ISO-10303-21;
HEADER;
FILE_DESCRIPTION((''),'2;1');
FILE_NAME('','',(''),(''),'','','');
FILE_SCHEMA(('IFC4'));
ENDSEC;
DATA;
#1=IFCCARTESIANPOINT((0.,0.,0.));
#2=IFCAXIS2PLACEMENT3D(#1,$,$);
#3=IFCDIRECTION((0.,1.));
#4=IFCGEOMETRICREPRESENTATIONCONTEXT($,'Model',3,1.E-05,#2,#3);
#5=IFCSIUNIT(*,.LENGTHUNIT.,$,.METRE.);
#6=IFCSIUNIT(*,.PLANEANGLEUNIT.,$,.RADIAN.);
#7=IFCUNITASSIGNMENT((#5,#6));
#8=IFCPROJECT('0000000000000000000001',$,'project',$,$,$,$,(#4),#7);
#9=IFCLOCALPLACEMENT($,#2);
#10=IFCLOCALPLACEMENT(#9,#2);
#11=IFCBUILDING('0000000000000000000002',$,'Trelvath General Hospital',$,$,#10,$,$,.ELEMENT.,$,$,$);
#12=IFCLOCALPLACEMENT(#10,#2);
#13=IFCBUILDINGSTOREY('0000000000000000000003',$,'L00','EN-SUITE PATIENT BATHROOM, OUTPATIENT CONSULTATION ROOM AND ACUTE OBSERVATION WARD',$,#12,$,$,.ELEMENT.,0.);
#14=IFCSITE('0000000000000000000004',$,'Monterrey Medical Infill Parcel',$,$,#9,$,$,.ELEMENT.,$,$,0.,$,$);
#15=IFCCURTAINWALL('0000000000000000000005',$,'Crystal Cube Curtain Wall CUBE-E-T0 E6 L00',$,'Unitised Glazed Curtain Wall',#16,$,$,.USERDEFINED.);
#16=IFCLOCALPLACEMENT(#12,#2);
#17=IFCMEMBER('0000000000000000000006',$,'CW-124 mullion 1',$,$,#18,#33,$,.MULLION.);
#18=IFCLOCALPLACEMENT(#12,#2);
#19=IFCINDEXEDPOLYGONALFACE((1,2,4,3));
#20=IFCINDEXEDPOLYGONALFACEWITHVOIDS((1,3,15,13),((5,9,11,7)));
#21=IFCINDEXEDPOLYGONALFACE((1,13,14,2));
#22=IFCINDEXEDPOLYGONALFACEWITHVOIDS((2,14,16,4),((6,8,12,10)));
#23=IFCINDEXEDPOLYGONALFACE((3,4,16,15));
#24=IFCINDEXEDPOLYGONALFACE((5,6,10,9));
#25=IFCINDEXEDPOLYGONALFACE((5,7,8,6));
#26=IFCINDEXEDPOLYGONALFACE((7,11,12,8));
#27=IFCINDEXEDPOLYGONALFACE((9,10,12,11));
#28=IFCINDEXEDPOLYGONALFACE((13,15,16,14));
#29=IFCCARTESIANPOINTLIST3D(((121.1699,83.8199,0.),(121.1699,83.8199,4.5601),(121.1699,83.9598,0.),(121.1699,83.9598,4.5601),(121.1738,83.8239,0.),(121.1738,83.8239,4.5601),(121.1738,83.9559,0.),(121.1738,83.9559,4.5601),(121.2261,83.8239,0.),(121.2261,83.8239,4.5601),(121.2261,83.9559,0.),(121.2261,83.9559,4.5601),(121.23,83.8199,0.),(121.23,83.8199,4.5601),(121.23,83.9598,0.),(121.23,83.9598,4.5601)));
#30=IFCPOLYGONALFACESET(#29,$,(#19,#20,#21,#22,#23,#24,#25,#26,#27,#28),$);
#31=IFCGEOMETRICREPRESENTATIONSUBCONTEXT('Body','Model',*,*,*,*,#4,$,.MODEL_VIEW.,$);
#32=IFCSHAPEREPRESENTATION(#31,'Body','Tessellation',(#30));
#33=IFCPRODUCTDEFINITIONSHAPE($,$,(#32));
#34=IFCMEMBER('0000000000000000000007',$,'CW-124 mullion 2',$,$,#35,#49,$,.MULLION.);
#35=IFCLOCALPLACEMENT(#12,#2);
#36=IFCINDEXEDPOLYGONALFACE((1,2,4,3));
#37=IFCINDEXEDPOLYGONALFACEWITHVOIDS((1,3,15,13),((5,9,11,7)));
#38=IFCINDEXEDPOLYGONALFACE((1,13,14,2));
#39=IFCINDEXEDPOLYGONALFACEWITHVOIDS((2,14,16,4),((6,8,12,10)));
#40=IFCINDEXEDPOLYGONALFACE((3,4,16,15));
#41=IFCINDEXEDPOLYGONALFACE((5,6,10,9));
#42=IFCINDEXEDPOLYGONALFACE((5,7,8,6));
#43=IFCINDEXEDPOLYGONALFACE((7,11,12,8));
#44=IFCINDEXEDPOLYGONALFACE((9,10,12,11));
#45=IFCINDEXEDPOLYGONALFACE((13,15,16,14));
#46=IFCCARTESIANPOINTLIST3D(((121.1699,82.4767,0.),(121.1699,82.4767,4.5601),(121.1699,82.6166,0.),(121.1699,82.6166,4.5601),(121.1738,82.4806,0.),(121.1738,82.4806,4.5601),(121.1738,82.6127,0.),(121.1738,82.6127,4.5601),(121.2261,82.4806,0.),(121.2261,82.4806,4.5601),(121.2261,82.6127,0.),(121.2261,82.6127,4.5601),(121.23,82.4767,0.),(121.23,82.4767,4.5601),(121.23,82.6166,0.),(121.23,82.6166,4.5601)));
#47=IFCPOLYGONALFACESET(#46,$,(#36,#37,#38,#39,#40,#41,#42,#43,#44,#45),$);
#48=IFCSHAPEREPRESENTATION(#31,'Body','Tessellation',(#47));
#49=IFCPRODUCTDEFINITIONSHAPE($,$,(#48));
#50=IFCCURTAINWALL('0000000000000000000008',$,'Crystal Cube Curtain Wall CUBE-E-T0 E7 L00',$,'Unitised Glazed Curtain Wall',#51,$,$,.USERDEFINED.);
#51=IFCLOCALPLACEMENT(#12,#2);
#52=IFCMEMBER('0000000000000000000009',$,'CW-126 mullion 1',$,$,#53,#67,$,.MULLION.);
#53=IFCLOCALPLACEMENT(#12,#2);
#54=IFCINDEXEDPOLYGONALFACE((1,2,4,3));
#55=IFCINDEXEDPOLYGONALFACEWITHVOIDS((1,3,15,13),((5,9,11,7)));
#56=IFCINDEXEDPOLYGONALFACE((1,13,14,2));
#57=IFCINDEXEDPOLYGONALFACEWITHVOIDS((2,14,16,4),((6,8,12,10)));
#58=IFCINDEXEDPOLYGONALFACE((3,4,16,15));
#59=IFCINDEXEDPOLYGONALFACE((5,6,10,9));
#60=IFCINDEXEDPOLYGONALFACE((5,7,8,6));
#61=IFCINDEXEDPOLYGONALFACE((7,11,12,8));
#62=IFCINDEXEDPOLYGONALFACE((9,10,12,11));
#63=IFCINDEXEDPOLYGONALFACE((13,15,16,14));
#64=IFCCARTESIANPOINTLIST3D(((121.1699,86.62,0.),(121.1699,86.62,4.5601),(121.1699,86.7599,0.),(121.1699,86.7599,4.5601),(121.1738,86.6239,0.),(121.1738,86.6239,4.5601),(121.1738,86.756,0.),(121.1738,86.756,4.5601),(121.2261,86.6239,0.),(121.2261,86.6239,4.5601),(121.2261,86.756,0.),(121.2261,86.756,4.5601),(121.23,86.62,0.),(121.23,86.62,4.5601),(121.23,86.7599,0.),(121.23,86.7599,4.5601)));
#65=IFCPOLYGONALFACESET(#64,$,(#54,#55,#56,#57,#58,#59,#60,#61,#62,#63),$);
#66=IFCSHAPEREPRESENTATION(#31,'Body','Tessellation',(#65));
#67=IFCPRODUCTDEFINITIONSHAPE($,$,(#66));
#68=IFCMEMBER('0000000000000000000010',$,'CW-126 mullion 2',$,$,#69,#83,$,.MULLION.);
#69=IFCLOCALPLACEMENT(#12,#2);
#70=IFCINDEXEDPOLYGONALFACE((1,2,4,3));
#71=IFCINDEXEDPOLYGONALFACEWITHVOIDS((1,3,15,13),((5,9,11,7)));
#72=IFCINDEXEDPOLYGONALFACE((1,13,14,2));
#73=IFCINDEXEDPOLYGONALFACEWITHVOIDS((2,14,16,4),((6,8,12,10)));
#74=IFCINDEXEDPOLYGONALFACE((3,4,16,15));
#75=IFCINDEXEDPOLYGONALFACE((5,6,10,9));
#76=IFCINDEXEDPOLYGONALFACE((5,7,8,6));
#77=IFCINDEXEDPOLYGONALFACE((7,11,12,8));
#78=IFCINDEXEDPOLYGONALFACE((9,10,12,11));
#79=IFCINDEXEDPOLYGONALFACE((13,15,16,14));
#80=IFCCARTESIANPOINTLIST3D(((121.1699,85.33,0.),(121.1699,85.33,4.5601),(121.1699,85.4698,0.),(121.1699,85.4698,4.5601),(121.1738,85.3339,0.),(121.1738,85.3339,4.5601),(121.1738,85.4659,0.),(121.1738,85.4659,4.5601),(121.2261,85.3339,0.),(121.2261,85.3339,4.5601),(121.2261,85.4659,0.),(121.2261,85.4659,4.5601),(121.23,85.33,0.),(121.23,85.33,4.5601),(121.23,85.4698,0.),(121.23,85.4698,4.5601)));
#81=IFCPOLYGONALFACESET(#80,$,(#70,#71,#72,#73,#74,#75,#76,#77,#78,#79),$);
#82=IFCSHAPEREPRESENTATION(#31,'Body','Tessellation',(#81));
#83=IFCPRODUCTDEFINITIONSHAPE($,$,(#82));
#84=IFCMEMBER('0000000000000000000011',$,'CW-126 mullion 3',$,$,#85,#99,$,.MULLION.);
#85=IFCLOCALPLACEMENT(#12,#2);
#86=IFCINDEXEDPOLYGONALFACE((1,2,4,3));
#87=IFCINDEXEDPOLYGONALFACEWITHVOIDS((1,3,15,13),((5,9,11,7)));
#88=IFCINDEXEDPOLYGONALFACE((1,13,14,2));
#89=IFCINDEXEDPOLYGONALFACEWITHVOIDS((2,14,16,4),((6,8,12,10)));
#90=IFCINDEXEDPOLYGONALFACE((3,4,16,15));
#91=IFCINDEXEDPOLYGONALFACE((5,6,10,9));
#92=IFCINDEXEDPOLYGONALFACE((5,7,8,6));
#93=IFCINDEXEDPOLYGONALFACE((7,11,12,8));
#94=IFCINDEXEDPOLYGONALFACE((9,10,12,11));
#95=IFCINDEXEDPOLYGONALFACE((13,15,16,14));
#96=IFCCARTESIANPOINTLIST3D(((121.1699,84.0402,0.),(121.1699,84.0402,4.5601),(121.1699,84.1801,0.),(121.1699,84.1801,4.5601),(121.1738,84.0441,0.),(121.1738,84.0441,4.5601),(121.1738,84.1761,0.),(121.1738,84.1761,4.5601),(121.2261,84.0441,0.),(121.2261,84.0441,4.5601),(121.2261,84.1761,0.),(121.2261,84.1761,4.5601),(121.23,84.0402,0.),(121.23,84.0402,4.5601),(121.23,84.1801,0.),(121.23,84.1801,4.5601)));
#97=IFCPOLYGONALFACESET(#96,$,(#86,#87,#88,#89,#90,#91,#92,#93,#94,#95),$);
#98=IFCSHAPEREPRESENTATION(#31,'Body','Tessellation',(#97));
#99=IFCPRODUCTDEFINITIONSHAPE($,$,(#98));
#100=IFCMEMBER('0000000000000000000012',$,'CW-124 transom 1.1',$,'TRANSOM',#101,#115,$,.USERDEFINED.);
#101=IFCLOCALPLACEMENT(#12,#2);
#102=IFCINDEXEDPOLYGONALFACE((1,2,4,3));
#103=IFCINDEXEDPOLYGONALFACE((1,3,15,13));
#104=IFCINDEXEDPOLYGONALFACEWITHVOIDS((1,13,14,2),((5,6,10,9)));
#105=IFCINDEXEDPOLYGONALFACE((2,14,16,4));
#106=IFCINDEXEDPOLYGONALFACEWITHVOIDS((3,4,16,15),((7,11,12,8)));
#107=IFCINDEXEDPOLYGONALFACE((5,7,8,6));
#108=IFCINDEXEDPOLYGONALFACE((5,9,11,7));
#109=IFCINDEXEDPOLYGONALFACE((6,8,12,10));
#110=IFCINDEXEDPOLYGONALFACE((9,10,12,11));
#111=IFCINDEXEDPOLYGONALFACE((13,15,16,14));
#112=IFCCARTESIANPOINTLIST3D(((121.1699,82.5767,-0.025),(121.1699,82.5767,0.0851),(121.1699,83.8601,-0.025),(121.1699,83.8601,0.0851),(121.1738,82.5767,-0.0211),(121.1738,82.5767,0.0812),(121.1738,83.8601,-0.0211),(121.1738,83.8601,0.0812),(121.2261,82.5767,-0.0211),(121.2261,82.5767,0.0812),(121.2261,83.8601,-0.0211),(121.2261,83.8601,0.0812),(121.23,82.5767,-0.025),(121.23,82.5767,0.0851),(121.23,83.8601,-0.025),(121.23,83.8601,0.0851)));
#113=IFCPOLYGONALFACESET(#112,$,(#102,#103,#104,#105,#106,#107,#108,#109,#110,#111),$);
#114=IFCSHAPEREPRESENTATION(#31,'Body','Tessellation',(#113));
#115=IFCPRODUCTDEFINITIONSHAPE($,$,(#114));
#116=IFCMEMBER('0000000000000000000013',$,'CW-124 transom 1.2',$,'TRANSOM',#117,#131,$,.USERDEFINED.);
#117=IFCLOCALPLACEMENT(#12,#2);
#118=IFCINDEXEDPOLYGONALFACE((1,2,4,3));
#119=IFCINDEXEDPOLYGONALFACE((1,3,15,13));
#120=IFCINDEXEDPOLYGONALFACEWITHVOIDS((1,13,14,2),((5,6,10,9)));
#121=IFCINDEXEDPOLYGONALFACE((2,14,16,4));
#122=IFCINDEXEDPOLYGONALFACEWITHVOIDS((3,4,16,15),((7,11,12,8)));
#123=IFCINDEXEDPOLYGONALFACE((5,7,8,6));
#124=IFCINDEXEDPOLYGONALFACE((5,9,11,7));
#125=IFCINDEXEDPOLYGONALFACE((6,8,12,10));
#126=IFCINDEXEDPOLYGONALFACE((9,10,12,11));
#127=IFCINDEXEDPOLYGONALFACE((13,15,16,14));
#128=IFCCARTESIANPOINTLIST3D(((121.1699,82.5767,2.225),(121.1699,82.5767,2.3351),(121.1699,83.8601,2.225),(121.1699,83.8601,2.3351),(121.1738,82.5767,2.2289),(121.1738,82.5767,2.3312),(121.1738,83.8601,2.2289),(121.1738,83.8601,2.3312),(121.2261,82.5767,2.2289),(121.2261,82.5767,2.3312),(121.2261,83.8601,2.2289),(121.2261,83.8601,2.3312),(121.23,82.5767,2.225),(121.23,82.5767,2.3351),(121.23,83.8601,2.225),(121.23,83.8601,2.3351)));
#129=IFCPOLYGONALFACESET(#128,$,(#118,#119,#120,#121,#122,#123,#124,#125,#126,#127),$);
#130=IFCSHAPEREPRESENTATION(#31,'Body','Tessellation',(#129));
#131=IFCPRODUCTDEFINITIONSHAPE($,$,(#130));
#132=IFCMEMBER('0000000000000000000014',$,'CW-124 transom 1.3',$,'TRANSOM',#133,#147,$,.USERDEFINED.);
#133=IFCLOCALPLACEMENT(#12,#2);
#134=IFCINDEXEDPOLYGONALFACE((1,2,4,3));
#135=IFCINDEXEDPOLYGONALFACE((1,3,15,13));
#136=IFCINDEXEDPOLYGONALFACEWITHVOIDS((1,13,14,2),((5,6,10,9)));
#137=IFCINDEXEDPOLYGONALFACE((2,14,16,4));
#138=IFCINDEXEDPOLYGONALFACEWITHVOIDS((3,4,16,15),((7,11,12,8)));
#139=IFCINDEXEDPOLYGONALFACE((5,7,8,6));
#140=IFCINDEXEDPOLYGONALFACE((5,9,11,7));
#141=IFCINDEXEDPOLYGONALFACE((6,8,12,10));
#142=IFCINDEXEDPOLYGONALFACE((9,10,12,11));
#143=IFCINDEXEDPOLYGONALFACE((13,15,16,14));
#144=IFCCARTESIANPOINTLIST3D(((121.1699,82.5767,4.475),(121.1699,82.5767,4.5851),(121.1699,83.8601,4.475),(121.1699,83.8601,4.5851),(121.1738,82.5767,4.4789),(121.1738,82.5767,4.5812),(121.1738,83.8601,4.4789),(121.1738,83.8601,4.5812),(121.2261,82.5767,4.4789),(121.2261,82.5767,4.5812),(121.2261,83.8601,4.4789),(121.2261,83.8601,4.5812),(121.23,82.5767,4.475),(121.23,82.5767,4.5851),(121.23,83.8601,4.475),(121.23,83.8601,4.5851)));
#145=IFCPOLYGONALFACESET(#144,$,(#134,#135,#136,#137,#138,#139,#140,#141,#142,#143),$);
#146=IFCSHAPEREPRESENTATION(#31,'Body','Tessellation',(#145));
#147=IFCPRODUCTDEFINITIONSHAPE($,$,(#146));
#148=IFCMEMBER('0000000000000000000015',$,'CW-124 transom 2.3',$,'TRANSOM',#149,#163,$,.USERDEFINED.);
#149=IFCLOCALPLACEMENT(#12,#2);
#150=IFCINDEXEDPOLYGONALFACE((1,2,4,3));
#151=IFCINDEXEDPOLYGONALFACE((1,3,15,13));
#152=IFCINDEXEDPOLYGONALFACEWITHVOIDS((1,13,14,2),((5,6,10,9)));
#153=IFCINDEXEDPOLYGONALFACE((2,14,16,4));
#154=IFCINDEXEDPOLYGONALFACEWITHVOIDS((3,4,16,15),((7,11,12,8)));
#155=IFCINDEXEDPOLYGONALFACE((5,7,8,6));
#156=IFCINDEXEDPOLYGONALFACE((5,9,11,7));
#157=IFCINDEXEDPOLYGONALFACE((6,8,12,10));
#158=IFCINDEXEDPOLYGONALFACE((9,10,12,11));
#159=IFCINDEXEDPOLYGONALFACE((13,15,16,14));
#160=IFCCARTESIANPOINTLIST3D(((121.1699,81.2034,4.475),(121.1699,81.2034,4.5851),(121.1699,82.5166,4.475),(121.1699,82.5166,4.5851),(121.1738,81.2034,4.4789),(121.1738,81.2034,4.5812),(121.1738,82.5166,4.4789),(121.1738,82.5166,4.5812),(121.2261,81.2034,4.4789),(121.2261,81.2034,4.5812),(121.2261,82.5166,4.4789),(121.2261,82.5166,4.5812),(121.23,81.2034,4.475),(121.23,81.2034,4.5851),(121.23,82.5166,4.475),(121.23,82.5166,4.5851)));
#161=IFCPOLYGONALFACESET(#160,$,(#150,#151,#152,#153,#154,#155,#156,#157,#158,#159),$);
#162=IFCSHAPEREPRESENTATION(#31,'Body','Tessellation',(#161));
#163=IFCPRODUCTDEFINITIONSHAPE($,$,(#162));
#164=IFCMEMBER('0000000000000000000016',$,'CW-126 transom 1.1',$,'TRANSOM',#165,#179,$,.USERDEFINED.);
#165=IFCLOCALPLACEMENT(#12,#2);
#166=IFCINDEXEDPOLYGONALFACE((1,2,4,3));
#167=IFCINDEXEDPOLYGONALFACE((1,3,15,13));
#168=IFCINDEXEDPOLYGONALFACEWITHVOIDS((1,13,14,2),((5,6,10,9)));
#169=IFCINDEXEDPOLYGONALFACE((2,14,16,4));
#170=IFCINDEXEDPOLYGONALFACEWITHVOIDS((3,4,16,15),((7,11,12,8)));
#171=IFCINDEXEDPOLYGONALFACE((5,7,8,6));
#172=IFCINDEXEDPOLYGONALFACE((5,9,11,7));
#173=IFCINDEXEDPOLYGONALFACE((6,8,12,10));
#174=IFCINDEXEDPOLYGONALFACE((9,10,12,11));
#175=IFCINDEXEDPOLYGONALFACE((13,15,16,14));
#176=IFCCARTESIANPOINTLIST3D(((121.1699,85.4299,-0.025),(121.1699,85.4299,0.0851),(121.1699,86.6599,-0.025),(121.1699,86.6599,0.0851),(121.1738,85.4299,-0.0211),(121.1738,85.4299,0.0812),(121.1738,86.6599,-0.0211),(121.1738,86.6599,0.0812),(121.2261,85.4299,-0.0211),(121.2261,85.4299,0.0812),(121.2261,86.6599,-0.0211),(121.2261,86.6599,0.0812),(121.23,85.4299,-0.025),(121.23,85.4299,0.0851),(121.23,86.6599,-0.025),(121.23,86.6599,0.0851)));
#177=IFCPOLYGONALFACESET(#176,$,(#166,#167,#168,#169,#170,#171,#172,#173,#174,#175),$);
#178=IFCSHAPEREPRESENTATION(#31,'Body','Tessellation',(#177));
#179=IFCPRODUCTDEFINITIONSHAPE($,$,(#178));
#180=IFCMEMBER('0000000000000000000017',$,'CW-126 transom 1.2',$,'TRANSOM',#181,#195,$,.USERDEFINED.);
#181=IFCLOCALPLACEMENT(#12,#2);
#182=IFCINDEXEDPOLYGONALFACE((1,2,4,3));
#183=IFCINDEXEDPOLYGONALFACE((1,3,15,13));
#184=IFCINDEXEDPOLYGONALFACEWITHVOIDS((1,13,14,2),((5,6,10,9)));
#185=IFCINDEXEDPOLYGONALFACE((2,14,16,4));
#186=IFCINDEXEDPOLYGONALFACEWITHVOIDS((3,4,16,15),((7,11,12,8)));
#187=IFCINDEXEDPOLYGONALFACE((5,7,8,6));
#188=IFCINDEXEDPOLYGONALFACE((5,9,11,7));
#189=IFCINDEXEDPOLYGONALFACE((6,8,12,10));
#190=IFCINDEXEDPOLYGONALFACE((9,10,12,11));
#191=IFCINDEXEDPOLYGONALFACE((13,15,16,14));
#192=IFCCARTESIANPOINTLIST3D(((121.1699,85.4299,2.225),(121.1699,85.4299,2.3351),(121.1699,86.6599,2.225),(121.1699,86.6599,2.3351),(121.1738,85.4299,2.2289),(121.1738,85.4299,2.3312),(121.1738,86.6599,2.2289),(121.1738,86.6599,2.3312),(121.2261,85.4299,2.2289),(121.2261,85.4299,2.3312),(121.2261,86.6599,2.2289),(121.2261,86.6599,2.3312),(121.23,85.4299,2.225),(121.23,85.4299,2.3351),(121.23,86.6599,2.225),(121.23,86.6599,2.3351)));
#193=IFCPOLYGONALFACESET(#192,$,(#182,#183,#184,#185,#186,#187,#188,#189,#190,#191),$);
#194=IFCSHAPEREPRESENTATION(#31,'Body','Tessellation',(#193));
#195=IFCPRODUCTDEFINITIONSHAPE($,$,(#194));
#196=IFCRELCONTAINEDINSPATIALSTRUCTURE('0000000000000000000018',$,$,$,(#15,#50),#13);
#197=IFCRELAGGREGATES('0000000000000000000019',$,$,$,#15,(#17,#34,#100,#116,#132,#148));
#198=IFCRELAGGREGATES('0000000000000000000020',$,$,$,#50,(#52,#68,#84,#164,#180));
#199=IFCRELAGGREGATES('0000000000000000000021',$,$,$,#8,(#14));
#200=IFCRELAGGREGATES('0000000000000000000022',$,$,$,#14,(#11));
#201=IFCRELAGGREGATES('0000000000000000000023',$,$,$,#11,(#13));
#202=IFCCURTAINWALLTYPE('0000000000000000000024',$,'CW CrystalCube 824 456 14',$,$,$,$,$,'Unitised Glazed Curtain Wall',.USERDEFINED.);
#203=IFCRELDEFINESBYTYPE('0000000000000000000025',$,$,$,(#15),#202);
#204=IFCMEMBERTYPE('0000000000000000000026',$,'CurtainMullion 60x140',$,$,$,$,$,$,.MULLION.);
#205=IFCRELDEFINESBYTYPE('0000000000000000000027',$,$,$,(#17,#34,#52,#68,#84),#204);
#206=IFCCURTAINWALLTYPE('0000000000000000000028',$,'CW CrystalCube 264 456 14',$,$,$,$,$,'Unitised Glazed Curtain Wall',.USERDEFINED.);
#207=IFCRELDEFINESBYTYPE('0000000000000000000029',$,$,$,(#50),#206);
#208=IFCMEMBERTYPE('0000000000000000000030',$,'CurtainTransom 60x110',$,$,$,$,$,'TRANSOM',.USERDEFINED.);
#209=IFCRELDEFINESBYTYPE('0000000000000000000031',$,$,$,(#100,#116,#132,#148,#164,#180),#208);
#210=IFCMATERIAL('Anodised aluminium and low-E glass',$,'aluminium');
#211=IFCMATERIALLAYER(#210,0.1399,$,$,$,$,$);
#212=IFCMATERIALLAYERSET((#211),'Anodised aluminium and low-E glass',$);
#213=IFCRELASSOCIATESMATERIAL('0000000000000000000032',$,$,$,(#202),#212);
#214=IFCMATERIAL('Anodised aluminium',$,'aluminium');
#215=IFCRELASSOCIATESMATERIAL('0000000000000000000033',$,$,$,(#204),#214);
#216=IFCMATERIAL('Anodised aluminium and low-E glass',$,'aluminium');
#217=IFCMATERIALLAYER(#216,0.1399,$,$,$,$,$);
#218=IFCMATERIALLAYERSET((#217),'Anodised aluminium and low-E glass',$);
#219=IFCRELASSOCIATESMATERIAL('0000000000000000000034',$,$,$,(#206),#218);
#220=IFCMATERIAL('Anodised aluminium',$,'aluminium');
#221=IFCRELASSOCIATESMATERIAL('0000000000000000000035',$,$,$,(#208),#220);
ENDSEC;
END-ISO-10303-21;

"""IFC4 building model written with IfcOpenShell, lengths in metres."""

from ifc_helpers import new_model, si_unit, direction, frame, origin, origin_2d, place, context, subcontext, project, spatial, hollow_rectangle, extrude, material, layer, layer_set, material_profile, profile_set, type_object, element, aggregate, save


model = new_model("IFC4")

# Units and contexts
model_context = context("Model", 3, precision=1e-05, world=origin(), true_north=direction((0.0, 1.0)))
body_context = subcontext(model_context, "Body", "Model", "MODEL_VIEW")
ifc_project = project(units=[si_unit("LENGTHUNIT", "METRE"), si_unit("PLANEANGLEUNIT", "RADIAN")], contexts=[model_context])

# Site, building, storey
site_placement = place(None, origin())
site = spatial("IfcSite", under=ifc_project, at=site_placement, Name="Monterrey Medical Infill Parcel", CompositionType="ELEMENT", RefElevation=0.0)
building_placement = place(site_placement, origin())
building = spatial("IfcBuilding", under=site, at=building_placement, Name="Trelvath General Hospital", CompositionType="ELEMENT")
storey_placement = place(building_placement, origin())
storey = spatial("IfcBuildingStorey", under=building, at=storey_placement, Name="L00", Description="EN-SUITE PATIENT BATHROOM, OUTPATIENT CONSULTATION ROOM AND ACUTE OBSERVATION WARD", CompositionType="ELEMENT", Elevation=0.0)

# Curtain walls, members
ifc_material_1 = material(Name="Anodised aluminium and low-E glass", Category="aluminium")
ifc_layer_1 = layer(ifc_material_1, 0.1399)
ifc_layer_set_1 = layer_set([ifc_layer_1], Name="Anodised aluminium and low-E glass")
curtain_wall_type_1 = type_object("IfcCurtainWallType", Name="CW CrystalCube 824 456 14", ElementType="Unitised Glazed Curtain Wall", PredefinedType="USERDEFINED", material=ifc_layer_set_1)
curtain_wall_1_placement = place(storey_placement, origin())
curtain_wall_1 = element("IfcCurtainWall", 1, at=curtain_wall_1_placement, inside=storey, type_object=curtain_wall_type_1, Name="Crystal Cube Curtain Wall CUBE-E-T0 E6 L00", ObjectType="Unitised Glazed Curtain Wall", PredefinedType="USERDEFINED")
ifc_material_2 = material(Name="Anodised aluminium", Category="aluminium")
ifc_material_profile_1 = material_profile(ifc_material_2, hollow_rectangle(XDim=0.0601, YDim=0.1399, WallThickness=0.0039, at=origin_2d()), Name="RHS60x140x4")
ifc_profile_set_1 = profile_set([ifc_material_profile_1], Name="Anodised aluminium")
member_type_1 = type_object("IfcMemberType", Name="CurtainMullion 60x140", PredefinedType="MULLION", material=ifc_profile_set_1)
member_1_placement = place(storey_placement, frame((121.2, 83.8899, 0.0), z_axis=(0.0, 0.0, 1.0), x_axis=(1.0, 0.0, 0.0)))
member_1 = element("IfcMember", 2, at=member_1_placement, type_object=member_type_1, Name="CW-124 mullion 1", PredefinedType="MULLION", context=body_context, shape_type="SweptSolid", body=[
    extrude(hollow_rectangle(XDim=0.0601, YDim=0.1399, WallThickness=0.0039, at=origin_2d()), origin(), (0.0, 0.0, 1.0), 4.5601),
])
member_2_placement = place(storey_placement, frame((121.2, 82.5466, 0.0), z_axis=(0.0, 0.0, 1.0), x_axis=(1.0, 0.0, 0.0)))
member_2 = element("IfcMember", 3, at=member_2_placement, type_object=member_type_1, Name="CW-124 mullion 2", PredefinedType="MULLION", context=body_context, shape_type="SweptSolid", body=[
    extrude(hollow_rectangle(XDim=0.0601, YDim=0.1399, WallThickness=0.0039, at=origin_2d()), origin(), (0.0, 0.0, 1.0), 4.5601),
])
ifc_material_3 = material(Name="Anodised aluminium and low-E glass", Category="aluminium")
ifc_layer_2 = layer(ifc_material_3, 0.1399)
ifc_layer_set_2 = layer_set([ifc_layer_2], Name="Anodised aluminium and low-E glass")
curtain_wall_type_2 = type_object("IfcCurtainWallType", Name="CW CrystalCube 264 456 14", ElementType="Unitised Glazed Curtain Wall", PredefinedType="USERDEFINED", material=ifc_layer_set_2)
curtain_wall_2_placement = place(storey_placement, origin())
curtain_wall_2 = element("IfcCurtainWall", 4, at=curtain_wall_2_placement, inside=storey, type_object=curtain_wall_type_2, Name="Crystal Cube Curtain Wall CUBE-E-T0 E7 L00", ObjectType="Unitised Glazed Curtain Wall", PredefinedType="USERDEFINED")
member_3_placement = place(storey_placement, frame((121.2, 86.6899, 0.0), z_axis=(0.0, 0.0, 1.0), x_axis=(1.0, 0.0, 0.0)))
member_3 = element("IfcMember", 5, at=member_3_placement, type_object=member_type_1, Name="CW-126 mullion 1", PredefinedType="MULLION", context=body_context, shape_type="SweptSolid", body=[
    extrude(hollow_rectangle(XDim=0.0601, YDim=0.1399, WallThickness=0.0039, at=origin_2d()), origin(), (0.0, 0.0, 1.0), 4.5601),
])
member_4_placement = place(storey_placement, frame((121.2, 85.3999, 0.0), z_axis=(0.0, 0.0, 1.0), x_axis=(1.0, 0.0, 0.0)))
member_4 = element("IfcMember", 6, at=member_4_placement, type_object=member_type_1, Name="CW-126 mullion 2", PredefinedType="MULLION", context=body_context, shape_type="SweptSolid", body=[
    extrude(hollow_rectangle(XDim=0.0601, YDim=0.1399, WallThickness=0.0039, at=origin_2d()), origin(), (0.0, 0.0, 1.0), 4.5601),
])
member_5_placement = place(storey_placement, frame((121.2, 84.1101, 0.0), z_axis=(0.0, 0.0, 1.0), x_axis=(1.0, 0.0, 0.0)))
member_5 = element("IfcMember", 7, at=member_5_placement, type_object=member_type_1, Name="CW-126 mullion 3", PredefinedType="MULLION", context=body_context, shape_type="SweptSolid", body=[
    extrude(hollow_rectangle(XDim=0.0601, YDim=0.1399, WallThickness=0.0039, at=origin_2d()), origin(), (0.0, 0.0, 1.0), 4.5601),
])

# Members
ifc_material_4 = material(Name="Anodised aluminium", Category="aluminium")
ifc_material_profile_2 = material_profile(ifc_material_4, hollow_rectangle(XDim=0.0601, YDim=0.1101, WallThickness=0.0039, at=origin_2d()), Name="RHS60x110x4")
ifc_profile_set_2 = profile_set([ifc_material_profile_2], Name="Anodised aluminium")
member_type_2 = type_object("IfcMemberType", Name="CurtainTransom 60x110", ElementType="TRANSOM", PredefinedType="USERDEFINED", material=ifc_profile_set_2)
member_6_placement = place(storey_placement, frame((121.2, 83.8601, 0.03), z_axis=(0.0, -1.0, 0.0), x_axis=(1.0, 0.0, 0.0)))
member_6 = element("IfcMember", 8, at=member_6_placement, type_object=member_type_2, Name="CW-124 transom 1.1", ObjectType="TRANSOM", PredefinedType="USERDEFINED", context=body_context, shape_type="SweptSolid", body=[
    extrude(hollow_rectangle(XDim=0.0601, YDim=0.1101, WallThickness=0.0039, at=origin_2d()), origin(), (0.0, 0.0, 1.0), 1.2834),
])
member_7_placement = place(storey_placement, frame((121.2, 83.8601, 2.28), z_axis=(0.0, -1.0, 0.0), x_axis=(1.0, 0.0, 0.0)))
member_7 = element("IfcMember", 9, at=member_7_placement, type_object=member_type_2, Name="CW-124 transom 1.2", ObjectType="TRANSOM", PredefinedType="USERDEFINED", context=body_context, shape_type="SweptSolid", body=[
    extrude(hollow_rectangle(XDim=0.0601, YDim=0.1101, WallThickness=0.0039, at=origin_2d()), origin(), (0.0, 0.0, 1.0), 1.2834),
])
member_8_placement = place(storey_placement, frame((121.2, 83.8601, 4.53), z_axis=(0.0, -1.0, 0.0), x_axis=(1.0, 0.0, 0.0)))
member_8 = element("IfcMember", 10, at=member_8_placement, type_object=member_type_2, Name="CW-124 transom 1.3", ObjectType="TRANSOM", PredefinedType="USERDEFINED", context=body_context, shape_type="SweptSolid", body=[
    extrude(hollow_rectangle(XDim=0.0601, YDim=0.1101, WallThickness=0.0039, at=origin_2d()), origin(), (0.0, 0.0, 1.0), 1.2834),
])
member_9_placement = place(storey_placement, frame((121.2, 82.5166, 4.53), z_axis=(0.0, -1.0, 0.0), x_axis=(1.0, 0.0, 0.0)))
member_9 = element("IfcMember", 11, at=member_9_placement, type_object=member_type_2, Name="CW-124 transom 2.3", ObjectType="TRANSOM", PredefinedType="USERDEFINED", context=body_context, shape_type="SweptSolid", body=[
    extrude(hollow_rectangle(XDim=0.0601, YDim=0.1101, WallThickness=0.0039, at=origin_2d()), origin(), (0.0, 0.0, 1.0), 1.3132),
])
member_10_placement = place(storey_placement, frame((121.2, 86.6599, 0.03), z_axis=(0.0, -1.0, 0.0), x_axis=(1.0, 0.0, 0.0)))
member_10 = element("IfcMember", 12, at=member_10_placement, type_object=member_type_2, Name="CW-126 transom 1.1", ObjectType="TRANSOM", PredefinedType="USERDEFINED", context=body_context, shape_type="SweptSolid", body=[
    extrude(hollow_rectangle(XDim=0.0601, YDim=0.1101, WallThickness=0.0039, at=origin_2d()), origin(), (0.0, 0.0, 1.0), 1.23),
])
member_11_placement = place(storey_placement, frame((121.2, 86.6599, 2.28), z_axis=(0.0, -1.0, 0.0), x_axis=(1.0, 0.0, 0.0)))
member_11 = element("IfcMember", 13, at=member_11_placement, type_object=member_type_2, Name="CW-126 transom 1.2", ObjectType="TRANSOM", PredefinedType="USERDEFINED", context=body_context, shape_type="SweptSolid", body=[
    extrude(hollow_rectangle(XDim=0.0601, YDim=0.1101, WallThickness=0.0039, at=origin_2d()), origin(), (0.0, 0.0, 1.0), 1.23),
])

aggregate(curtain_wall_1, [member_1, member_2, member_6, member_7, member_8, member_9])
aggregate(curtain_wall_2, [member_3, member_4, member_5, member_10, member_11])

save(model, "model.ifc")
